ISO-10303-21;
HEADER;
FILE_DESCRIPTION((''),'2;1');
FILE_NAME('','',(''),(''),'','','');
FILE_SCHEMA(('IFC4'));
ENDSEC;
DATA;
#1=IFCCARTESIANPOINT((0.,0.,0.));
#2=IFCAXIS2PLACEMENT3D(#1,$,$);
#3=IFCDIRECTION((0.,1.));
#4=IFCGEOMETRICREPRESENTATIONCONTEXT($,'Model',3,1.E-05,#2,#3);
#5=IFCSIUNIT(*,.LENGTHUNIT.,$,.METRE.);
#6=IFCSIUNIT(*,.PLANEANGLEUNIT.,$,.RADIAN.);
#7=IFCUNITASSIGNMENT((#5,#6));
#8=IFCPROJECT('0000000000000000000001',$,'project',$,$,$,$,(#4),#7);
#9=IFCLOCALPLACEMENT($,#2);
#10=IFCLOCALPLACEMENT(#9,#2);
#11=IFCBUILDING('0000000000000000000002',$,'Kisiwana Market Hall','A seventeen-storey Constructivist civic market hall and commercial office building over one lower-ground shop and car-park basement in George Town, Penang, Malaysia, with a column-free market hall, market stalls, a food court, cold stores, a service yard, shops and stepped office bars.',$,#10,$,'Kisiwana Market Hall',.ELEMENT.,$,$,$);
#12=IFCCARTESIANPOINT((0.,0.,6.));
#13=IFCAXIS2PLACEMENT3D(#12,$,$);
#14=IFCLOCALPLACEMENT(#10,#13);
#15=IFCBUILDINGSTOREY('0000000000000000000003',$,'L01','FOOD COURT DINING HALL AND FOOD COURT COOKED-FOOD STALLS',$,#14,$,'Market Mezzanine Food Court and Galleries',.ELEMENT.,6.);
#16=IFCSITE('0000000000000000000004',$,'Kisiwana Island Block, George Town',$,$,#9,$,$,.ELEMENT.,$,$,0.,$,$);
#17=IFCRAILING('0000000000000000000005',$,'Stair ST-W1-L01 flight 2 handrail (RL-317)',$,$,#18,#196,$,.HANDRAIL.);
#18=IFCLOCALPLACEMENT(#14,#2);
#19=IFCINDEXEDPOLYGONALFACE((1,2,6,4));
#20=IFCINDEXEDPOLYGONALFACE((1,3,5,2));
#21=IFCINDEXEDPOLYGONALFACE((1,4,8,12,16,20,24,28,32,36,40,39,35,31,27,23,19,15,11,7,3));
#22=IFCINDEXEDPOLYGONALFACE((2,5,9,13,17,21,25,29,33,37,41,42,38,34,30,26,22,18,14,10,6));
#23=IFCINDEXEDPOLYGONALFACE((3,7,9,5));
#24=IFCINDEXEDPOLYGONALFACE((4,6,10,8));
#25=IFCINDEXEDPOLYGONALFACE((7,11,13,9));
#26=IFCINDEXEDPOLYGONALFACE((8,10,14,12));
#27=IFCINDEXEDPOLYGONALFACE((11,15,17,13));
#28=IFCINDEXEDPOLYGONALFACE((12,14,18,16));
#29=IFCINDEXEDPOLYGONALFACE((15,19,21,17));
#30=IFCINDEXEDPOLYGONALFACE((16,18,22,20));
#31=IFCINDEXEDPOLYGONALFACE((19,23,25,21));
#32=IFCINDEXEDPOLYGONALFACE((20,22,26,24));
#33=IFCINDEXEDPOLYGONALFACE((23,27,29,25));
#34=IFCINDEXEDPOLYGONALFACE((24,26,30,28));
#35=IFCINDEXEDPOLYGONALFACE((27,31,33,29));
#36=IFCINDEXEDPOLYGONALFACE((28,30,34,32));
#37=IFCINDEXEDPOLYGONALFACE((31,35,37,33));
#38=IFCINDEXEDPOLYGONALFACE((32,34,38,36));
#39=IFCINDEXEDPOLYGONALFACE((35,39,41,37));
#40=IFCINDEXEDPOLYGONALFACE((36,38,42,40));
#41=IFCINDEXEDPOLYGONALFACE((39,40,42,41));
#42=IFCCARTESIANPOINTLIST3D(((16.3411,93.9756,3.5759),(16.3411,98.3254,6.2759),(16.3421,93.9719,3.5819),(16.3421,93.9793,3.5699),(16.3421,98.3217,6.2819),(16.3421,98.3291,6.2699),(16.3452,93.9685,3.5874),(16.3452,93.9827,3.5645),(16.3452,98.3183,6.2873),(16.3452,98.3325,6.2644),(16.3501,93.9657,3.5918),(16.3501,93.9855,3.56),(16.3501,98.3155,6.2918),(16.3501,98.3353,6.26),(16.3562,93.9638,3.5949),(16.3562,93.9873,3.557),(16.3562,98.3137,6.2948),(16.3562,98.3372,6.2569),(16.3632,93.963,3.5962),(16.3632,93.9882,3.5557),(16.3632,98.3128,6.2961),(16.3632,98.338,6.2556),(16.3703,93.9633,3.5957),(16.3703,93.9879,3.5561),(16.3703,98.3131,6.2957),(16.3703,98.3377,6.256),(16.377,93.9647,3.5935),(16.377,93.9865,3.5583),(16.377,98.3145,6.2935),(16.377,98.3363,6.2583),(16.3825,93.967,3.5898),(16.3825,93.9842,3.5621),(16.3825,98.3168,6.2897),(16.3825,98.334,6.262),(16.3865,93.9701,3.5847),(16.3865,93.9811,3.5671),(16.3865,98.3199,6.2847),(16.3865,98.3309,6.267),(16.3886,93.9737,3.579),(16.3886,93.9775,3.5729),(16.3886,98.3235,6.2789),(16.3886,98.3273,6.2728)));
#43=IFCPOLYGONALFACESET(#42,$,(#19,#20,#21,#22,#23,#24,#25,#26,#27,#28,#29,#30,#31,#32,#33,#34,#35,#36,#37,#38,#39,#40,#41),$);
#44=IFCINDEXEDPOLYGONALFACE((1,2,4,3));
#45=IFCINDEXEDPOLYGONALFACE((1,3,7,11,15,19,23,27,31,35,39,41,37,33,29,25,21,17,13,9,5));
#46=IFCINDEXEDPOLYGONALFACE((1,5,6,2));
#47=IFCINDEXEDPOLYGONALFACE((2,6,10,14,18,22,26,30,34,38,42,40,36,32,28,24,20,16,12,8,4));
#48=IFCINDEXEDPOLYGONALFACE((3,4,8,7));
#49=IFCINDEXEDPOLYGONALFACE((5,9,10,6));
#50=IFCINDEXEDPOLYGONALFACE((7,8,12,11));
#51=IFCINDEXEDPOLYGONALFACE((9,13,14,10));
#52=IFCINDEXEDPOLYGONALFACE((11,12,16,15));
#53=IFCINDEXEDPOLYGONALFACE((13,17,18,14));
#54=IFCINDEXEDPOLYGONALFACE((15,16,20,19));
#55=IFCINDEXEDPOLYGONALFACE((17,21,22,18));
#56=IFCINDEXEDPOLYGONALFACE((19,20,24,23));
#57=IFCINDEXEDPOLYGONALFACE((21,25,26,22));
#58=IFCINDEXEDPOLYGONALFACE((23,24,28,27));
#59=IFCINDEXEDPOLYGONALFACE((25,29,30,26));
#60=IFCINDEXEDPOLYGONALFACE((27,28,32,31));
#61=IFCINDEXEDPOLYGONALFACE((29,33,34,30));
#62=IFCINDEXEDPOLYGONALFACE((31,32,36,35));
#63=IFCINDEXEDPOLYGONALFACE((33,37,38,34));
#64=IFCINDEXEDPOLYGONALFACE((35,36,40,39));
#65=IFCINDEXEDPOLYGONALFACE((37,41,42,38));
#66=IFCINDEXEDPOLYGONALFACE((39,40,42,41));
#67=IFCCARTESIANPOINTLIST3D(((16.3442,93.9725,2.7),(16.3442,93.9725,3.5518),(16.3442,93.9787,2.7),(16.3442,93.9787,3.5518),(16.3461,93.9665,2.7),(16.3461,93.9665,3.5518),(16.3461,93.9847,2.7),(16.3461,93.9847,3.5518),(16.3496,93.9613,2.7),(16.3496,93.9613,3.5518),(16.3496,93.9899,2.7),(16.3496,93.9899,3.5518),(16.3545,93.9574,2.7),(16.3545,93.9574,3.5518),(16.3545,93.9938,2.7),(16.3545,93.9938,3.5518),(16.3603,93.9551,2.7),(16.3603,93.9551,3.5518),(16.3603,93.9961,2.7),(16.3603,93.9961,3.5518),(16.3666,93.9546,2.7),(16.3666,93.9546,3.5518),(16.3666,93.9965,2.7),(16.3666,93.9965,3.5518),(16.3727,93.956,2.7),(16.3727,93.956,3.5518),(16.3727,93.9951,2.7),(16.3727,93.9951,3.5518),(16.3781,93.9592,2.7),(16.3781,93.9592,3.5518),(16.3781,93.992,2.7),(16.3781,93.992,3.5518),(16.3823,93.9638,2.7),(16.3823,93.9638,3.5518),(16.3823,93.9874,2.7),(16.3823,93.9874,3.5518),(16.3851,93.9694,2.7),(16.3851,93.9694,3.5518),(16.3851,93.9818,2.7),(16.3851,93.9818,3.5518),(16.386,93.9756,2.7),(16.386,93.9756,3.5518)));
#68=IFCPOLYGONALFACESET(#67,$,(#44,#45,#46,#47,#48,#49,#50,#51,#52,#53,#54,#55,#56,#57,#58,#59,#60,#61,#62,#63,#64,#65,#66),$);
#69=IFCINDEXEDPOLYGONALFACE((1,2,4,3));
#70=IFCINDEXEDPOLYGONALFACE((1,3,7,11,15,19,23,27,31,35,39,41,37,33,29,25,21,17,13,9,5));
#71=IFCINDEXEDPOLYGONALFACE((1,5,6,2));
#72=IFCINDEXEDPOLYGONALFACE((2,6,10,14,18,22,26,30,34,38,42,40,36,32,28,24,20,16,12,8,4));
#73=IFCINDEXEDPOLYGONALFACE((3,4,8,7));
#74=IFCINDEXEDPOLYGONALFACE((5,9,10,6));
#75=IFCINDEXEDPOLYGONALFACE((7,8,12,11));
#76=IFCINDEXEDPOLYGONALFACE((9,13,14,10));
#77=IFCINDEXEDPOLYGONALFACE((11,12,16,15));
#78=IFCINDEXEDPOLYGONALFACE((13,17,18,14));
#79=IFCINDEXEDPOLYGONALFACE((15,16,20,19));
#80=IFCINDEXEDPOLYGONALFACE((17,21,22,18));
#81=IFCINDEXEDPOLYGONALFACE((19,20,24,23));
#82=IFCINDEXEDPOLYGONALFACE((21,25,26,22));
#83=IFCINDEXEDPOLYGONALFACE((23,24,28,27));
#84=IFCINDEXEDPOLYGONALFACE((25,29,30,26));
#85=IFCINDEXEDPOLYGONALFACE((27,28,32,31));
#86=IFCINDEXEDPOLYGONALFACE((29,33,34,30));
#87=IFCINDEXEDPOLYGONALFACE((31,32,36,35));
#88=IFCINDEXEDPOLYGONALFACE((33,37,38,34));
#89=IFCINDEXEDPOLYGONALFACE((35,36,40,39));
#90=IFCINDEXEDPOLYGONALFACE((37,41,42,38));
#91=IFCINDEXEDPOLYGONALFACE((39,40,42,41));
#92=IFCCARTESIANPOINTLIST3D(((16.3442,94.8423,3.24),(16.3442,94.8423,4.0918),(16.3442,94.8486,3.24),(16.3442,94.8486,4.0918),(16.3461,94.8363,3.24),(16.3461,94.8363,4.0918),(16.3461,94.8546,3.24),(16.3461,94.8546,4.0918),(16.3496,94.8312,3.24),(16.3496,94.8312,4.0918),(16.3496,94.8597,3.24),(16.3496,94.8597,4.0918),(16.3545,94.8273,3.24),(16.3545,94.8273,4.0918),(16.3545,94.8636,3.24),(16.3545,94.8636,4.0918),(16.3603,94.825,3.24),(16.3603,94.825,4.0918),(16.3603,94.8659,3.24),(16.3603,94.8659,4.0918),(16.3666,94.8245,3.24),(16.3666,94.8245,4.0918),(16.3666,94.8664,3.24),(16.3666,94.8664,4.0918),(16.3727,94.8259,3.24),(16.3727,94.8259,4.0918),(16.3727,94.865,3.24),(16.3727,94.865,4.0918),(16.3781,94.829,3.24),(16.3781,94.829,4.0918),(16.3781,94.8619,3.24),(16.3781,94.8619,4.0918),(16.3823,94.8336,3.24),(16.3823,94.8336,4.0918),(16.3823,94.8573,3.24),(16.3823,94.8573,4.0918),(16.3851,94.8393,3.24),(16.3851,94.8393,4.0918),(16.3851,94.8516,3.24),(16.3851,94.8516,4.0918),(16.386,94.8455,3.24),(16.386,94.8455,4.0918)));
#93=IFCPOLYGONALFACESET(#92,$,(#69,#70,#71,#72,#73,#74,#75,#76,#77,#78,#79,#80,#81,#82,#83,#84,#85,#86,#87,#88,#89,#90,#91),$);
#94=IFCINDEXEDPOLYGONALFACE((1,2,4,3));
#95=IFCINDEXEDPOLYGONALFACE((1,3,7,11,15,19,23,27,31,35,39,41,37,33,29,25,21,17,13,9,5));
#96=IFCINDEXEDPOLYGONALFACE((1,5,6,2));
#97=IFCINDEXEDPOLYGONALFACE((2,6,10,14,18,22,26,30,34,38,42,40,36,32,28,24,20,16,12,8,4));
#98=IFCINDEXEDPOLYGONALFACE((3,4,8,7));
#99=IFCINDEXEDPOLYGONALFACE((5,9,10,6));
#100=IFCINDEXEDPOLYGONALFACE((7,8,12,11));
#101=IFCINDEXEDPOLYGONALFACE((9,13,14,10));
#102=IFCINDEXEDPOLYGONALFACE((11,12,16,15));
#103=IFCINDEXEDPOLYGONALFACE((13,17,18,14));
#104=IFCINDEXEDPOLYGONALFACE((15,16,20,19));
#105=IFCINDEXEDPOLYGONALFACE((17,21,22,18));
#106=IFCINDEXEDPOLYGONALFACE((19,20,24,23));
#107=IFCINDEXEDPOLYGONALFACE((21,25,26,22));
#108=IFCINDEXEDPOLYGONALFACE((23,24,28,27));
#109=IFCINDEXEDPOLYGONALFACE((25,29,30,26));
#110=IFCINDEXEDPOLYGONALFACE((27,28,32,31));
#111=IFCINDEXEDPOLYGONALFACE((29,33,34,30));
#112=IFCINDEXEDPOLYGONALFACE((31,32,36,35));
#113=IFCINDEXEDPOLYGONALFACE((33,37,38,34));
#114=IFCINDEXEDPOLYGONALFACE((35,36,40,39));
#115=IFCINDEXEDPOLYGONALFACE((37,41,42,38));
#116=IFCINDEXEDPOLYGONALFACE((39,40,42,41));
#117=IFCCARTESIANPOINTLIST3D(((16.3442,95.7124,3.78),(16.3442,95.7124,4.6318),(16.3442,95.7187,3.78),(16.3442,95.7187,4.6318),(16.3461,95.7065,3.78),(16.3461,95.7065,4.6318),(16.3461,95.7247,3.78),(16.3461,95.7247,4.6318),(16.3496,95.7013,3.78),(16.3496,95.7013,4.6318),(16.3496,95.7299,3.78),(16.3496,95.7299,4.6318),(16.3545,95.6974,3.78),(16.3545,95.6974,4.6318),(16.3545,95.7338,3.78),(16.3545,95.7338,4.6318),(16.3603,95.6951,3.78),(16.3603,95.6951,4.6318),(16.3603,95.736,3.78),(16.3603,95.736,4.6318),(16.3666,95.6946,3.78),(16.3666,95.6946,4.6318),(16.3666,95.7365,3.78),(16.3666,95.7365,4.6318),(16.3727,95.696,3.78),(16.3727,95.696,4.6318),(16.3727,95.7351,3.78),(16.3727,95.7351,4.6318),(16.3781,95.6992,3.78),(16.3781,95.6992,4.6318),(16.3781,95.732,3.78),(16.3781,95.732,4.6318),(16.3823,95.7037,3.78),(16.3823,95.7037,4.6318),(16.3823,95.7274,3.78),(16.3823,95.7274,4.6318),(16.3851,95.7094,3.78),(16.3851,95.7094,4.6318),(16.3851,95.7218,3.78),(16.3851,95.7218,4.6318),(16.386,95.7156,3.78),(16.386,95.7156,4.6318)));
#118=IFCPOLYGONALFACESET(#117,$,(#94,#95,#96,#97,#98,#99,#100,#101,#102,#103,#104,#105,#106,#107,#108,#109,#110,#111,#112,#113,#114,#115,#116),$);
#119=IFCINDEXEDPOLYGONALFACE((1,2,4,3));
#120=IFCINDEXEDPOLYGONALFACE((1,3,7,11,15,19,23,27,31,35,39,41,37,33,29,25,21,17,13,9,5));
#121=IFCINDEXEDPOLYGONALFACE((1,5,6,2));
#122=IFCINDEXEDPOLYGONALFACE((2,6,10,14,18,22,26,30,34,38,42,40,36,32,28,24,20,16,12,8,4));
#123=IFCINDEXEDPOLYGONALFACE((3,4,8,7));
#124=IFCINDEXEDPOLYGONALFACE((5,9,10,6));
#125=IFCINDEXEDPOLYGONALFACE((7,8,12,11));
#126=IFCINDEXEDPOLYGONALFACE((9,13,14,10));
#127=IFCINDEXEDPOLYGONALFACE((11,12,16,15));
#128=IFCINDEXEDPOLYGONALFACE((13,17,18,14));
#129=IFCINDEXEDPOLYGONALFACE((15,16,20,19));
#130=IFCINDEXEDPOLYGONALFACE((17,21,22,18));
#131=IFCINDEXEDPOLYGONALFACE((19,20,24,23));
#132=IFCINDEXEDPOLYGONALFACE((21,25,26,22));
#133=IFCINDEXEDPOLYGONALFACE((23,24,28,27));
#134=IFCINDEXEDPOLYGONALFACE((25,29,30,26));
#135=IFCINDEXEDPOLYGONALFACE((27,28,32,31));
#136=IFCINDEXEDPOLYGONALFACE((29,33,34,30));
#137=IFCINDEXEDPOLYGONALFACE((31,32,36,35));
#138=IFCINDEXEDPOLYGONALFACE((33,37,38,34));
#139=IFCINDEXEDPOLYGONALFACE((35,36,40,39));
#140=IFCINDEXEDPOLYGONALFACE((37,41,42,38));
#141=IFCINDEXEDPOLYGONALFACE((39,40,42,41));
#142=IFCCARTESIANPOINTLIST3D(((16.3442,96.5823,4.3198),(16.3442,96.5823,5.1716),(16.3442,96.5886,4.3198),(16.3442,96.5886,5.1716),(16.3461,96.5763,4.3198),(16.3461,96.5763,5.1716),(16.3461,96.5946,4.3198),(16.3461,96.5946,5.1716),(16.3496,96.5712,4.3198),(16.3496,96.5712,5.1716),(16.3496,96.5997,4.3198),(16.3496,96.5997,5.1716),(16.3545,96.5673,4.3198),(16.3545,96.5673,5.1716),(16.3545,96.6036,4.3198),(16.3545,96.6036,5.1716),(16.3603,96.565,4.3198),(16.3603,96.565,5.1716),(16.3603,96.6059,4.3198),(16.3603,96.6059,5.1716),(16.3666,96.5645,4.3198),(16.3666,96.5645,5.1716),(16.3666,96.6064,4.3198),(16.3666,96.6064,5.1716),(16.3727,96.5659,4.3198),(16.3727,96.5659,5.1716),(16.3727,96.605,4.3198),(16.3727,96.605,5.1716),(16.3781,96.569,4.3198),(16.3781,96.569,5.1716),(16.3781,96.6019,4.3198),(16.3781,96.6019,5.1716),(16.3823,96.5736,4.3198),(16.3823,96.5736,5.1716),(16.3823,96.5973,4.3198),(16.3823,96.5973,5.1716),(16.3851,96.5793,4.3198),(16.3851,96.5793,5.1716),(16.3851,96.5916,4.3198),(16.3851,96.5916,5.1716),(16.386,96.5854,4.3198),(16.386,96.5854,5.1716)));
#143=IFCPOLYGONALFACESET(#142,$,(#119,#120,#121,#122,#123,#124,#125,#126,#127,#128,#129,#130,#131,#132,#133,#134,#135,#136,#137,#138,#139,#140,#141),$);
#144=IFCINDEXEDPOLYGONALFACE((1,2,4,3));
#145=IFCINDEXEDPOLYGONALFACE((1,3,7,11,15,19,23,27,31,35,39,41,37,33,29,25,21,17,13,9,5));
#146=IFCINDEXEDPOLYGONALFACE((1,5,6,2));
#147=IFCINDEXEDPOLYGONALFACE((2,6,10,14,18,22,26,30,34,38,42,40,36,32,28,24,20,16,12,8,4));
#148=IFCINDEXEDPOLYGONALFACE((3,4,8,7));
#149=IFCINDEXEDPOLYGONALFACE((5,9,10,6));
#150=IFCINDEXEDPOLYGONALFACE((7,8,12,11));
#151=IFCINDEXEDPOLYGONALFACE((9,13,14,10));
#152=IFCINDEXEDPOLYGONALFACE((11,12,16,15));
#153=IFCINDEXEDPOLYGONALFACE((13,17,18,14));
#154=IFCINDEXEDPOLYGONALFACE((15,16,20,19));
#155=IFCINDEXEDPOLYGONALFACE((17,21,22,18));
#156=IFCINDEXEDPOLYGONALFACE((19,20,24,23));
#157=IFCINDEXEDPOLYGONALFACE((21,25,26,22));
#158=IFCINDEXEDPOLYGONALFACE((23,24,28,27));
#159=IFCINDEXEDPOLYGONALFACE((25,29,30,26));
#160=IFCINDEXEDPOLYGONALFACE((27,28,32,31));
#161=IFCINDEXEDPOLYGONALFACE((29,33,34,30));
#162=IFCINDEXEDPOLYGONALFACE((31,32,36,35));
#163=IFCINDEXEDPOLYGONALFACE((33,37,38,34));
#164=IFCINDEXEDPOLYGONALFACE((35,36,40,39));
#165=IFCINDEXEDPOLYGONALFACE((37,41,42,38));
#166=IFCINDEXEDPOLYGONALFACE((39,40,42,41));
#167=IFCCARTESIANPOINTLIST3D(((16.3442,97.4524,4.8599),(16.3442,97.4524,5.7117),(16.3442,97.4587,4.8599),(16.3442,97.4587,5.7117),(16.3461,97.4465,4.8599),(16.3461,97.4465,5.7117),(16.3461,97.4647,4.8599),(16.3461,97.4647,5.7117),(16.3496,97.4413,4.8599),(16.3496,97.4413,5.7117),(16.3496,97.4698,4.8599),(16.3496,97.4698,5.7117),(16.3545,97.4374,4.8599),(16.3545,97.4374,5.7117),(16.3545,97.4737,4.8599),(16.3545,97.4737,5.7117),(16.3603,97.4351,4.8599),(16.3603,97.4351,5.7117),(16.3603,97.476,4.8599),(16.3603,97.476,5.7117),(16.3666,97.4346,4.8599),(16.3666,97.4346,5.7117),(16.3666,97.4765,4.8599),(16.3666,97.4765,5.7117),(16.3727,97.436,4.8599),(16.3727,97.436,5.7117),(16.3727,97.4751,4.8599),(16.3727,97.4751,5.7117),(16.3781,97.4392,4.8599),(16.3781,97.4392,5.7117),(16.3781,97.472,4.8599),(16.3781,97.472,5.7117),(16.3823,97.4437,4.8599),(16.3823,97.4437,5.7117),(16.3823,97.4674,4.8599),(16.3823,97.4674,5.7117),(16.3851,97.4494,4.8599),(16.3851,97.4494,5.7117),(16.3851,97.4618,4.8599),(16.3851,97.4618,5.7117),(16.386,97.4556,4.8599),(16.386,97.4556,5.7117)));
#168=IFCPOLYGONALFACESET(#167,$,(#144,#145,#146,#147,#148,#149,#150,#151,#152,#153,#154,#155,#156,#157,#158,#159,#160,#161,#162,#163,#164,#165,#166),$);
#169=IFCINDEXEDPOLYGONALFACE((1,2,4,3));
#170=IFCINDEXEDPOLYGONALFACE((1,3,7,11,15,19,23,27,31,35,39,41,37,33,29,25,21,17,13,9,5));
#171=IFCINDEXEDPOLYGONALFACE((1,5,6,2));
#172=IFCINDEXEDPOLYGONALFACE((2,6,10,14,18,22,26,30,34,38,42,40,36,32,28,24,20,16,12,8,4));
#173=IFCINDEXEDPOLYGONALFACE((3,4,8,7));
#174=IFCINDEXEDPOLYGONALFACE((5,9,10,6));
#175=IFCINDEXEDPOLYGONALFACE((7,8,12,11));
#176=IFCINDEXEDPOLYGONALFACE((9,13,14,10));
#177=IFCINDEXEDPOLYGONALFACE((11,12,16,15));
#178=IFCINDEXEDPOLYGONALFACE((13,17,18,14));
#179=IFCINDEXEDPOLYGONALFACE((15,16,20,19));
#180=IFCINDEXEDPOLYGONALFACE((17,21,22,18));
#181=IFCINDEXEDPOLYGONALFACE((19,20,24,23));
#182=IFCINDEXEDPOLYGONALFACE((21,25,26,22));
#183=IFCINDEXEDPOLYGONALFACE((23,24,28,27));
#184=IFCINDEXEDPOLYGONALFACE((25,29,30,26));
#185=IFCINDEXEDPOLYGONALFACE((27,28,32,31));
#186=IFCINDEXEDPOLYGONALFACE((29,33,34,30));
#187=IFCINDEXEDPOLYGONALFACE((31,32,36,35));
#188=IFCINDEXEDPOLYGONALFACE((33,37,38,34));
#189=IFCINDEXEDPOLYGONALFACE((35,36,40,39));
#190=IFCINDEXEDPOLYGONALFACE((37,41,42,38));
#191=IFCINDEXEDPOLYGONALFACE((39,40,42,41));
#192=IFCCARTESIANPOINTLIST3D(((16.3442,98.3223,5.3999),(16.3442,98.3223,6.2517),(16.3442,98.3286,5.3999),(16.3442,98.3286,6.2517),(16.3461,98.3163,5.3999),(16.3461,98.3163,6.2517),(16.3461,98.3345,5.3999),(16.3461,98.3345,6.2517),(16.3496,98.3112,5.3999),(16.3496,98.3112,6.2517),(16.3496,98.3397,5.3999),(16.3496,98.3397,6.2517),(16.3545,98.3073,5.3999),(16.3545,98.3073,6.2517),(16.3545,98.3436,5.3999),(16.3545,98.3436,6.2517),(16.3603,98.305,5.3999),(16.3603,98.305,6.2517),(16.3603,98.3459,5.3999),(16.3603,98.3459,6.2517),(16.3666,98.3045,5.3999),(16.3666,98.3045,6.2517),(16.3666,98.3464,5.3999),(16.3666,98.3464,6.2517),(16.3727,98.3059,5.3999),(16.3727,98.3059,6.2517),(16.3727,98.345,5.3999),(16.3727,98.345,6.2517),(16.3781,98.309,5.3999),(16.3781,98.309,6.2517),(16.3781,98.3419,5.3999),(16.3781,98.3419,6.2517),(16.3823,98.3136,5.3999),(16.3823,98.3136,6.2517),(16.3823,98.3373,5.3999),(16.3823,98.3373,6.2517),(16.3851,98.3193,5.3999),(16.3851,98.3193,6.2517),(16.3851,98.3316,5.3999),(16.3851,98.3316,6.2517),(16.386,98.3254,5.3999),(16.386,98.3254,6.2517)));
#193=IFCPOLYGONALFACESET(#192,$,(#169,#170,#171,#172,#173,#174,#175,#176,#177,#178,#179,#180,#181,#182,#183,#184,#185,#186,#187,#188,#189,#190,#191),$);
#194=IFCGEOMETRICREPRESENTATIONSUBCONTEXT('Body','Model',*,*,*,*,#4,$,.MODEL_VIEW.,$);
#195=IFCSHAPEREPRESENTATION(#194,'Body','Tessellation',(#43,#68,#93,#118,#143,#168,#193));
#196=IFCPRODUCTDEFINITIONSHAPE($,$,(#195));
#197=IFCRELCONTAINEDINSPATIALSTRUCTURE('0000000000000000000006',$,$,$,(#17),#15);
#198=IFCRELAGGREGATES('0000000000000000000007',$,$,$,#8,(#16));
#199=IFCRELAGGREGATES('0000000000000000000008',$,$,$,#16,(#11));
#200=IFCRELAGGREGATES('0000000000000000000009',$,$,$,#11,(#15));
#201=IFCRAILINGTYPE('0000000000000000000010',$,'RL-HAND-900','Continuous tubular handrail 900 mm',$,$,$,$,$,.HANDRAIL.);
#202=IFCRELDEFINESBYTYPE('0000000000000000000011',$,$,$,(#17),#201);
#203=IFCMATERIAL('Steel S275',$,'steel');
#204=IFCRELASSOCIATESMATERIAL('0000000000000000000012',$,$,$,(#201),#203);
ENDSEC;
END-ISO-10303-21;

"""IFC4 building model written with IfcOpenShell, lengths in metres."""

from ifc_helpers import new_model, si_unit, direction, frame, origin, origin_2d, place, context, subcontext, project, spatial, circle, extrude, material, type_object, element, save


model = new_model("IFC4")

# Units and contexts
model_context = context("Model", 3, precision=1e-05, world=origin(), true_north=direction((0.0, 1.0)))
body_context = subcontext(model_context, "Body", "Model", "MODEL_VIEW")
ifc_project = project(units=[si_unit("LENGTHUNIT", "METRE"), si_unit("PLANEANGLEUNIT", "RADIAN")], contexts=[model_context])

# Site, building, storey
site_placement = place(None, origin())
site = spatial("IfcSite", under=ifc_project, at=site_placement, Name="Kisiwana Island Block, George Town", CompositionType="ELEMENT", RefElevation=0.0)
building_placement = place(site_placement, origin())
building = spatial("IfcBuilding", under=site, at=building_placement, Name="Kisiwana Market Hall", Description="A seventeen-storey Constructivist civic market hall and commercial office building over one lower-ground shop and car-park basement in George Town, Penang, Malaysia, with a column-free market hall, market stalls, a food court, cold stores, a service yard, shops and stepped office bars.", LongName="Kisiwana Market Hall", CompositionType="ELEMENT")
storey_placement = place(building_placement, frame((0.0, 0.0, 6.0)))
storey = spatial("IfcBuildingStorey", under=building, at=storey_placement, Name="L01", Description="FOOD COURT DINING HALL AND FOOD COURT COOKED-FOOD STALLS", LongName="Market Mezzanine Food Court and Galleries", CompositionType="ELEMENT", Elevation=6.0)

# Railing
ifc_material_1 = material(Name="Steel S275", Category="steel")
railing_type_1 = type_object("IfcRailingType", Name="RL-HAND-900", Description="Continuous tubular handrail 900 mm", PredefinedType="HANDRAIL", material=ifc_material_1)
railing_1_placement = place(storey_placement, frame((16.365, 93.9756, 2.7)))
element("IfcRailing", 1, at=railing_1_placement, inside=storey, type_object=railing_type_1, Name="Stair ST-W1-L01 flight 2 handrail (RL-317)", PredefinedType="HANDRAIL", context=body_context, shape_type="SweptSolid", body=[
    extrude(circle(Radius=0.0239, at=origin_2d()), frame((0.0, 0.0, 0.876), z_axis=(0.0, 0.849636, 0.527369), x_axis=(-1.0, 0.0, 0.0)), (0.0, 0.0, 1.0), 5.1196),
    extrude(circle(Radius=0.021, at=origin_2d()), origin(), (0.0, 0.0, 1.0), 0.8518),
    extrude(circle(Radius=0.021, at=origin_2d()), frame((0.0, 0.8699, 0.54)), (0.0, 0.0, 1.0), 0.8518),
    extrude(circle(Radius=0.021, at=origin_2d()), frame((0.0, 1.74, 1.0801)), (0.0, 0.0, 1.0), 0.8518),
    extrude(circle(Radius=0.021, at=origin_2d()), frame((0.0, 2.6099, 1.6199)), (0.0, 0.0, 1.0), 0.8518),
    extrude(circle(Radius=0.021, at=origin_2d()), frame((0.0, 3.48, 2.1599)), (0.0, 0.0, 1.0), 0.8518),
    extrude(circle(Radius=0.021, at=origin_2d()), frame((0.0, 4.3499, 2.7)), (0.0, 0.0, 1.0), 0.8518),
])

save(model, "model.ifc")
